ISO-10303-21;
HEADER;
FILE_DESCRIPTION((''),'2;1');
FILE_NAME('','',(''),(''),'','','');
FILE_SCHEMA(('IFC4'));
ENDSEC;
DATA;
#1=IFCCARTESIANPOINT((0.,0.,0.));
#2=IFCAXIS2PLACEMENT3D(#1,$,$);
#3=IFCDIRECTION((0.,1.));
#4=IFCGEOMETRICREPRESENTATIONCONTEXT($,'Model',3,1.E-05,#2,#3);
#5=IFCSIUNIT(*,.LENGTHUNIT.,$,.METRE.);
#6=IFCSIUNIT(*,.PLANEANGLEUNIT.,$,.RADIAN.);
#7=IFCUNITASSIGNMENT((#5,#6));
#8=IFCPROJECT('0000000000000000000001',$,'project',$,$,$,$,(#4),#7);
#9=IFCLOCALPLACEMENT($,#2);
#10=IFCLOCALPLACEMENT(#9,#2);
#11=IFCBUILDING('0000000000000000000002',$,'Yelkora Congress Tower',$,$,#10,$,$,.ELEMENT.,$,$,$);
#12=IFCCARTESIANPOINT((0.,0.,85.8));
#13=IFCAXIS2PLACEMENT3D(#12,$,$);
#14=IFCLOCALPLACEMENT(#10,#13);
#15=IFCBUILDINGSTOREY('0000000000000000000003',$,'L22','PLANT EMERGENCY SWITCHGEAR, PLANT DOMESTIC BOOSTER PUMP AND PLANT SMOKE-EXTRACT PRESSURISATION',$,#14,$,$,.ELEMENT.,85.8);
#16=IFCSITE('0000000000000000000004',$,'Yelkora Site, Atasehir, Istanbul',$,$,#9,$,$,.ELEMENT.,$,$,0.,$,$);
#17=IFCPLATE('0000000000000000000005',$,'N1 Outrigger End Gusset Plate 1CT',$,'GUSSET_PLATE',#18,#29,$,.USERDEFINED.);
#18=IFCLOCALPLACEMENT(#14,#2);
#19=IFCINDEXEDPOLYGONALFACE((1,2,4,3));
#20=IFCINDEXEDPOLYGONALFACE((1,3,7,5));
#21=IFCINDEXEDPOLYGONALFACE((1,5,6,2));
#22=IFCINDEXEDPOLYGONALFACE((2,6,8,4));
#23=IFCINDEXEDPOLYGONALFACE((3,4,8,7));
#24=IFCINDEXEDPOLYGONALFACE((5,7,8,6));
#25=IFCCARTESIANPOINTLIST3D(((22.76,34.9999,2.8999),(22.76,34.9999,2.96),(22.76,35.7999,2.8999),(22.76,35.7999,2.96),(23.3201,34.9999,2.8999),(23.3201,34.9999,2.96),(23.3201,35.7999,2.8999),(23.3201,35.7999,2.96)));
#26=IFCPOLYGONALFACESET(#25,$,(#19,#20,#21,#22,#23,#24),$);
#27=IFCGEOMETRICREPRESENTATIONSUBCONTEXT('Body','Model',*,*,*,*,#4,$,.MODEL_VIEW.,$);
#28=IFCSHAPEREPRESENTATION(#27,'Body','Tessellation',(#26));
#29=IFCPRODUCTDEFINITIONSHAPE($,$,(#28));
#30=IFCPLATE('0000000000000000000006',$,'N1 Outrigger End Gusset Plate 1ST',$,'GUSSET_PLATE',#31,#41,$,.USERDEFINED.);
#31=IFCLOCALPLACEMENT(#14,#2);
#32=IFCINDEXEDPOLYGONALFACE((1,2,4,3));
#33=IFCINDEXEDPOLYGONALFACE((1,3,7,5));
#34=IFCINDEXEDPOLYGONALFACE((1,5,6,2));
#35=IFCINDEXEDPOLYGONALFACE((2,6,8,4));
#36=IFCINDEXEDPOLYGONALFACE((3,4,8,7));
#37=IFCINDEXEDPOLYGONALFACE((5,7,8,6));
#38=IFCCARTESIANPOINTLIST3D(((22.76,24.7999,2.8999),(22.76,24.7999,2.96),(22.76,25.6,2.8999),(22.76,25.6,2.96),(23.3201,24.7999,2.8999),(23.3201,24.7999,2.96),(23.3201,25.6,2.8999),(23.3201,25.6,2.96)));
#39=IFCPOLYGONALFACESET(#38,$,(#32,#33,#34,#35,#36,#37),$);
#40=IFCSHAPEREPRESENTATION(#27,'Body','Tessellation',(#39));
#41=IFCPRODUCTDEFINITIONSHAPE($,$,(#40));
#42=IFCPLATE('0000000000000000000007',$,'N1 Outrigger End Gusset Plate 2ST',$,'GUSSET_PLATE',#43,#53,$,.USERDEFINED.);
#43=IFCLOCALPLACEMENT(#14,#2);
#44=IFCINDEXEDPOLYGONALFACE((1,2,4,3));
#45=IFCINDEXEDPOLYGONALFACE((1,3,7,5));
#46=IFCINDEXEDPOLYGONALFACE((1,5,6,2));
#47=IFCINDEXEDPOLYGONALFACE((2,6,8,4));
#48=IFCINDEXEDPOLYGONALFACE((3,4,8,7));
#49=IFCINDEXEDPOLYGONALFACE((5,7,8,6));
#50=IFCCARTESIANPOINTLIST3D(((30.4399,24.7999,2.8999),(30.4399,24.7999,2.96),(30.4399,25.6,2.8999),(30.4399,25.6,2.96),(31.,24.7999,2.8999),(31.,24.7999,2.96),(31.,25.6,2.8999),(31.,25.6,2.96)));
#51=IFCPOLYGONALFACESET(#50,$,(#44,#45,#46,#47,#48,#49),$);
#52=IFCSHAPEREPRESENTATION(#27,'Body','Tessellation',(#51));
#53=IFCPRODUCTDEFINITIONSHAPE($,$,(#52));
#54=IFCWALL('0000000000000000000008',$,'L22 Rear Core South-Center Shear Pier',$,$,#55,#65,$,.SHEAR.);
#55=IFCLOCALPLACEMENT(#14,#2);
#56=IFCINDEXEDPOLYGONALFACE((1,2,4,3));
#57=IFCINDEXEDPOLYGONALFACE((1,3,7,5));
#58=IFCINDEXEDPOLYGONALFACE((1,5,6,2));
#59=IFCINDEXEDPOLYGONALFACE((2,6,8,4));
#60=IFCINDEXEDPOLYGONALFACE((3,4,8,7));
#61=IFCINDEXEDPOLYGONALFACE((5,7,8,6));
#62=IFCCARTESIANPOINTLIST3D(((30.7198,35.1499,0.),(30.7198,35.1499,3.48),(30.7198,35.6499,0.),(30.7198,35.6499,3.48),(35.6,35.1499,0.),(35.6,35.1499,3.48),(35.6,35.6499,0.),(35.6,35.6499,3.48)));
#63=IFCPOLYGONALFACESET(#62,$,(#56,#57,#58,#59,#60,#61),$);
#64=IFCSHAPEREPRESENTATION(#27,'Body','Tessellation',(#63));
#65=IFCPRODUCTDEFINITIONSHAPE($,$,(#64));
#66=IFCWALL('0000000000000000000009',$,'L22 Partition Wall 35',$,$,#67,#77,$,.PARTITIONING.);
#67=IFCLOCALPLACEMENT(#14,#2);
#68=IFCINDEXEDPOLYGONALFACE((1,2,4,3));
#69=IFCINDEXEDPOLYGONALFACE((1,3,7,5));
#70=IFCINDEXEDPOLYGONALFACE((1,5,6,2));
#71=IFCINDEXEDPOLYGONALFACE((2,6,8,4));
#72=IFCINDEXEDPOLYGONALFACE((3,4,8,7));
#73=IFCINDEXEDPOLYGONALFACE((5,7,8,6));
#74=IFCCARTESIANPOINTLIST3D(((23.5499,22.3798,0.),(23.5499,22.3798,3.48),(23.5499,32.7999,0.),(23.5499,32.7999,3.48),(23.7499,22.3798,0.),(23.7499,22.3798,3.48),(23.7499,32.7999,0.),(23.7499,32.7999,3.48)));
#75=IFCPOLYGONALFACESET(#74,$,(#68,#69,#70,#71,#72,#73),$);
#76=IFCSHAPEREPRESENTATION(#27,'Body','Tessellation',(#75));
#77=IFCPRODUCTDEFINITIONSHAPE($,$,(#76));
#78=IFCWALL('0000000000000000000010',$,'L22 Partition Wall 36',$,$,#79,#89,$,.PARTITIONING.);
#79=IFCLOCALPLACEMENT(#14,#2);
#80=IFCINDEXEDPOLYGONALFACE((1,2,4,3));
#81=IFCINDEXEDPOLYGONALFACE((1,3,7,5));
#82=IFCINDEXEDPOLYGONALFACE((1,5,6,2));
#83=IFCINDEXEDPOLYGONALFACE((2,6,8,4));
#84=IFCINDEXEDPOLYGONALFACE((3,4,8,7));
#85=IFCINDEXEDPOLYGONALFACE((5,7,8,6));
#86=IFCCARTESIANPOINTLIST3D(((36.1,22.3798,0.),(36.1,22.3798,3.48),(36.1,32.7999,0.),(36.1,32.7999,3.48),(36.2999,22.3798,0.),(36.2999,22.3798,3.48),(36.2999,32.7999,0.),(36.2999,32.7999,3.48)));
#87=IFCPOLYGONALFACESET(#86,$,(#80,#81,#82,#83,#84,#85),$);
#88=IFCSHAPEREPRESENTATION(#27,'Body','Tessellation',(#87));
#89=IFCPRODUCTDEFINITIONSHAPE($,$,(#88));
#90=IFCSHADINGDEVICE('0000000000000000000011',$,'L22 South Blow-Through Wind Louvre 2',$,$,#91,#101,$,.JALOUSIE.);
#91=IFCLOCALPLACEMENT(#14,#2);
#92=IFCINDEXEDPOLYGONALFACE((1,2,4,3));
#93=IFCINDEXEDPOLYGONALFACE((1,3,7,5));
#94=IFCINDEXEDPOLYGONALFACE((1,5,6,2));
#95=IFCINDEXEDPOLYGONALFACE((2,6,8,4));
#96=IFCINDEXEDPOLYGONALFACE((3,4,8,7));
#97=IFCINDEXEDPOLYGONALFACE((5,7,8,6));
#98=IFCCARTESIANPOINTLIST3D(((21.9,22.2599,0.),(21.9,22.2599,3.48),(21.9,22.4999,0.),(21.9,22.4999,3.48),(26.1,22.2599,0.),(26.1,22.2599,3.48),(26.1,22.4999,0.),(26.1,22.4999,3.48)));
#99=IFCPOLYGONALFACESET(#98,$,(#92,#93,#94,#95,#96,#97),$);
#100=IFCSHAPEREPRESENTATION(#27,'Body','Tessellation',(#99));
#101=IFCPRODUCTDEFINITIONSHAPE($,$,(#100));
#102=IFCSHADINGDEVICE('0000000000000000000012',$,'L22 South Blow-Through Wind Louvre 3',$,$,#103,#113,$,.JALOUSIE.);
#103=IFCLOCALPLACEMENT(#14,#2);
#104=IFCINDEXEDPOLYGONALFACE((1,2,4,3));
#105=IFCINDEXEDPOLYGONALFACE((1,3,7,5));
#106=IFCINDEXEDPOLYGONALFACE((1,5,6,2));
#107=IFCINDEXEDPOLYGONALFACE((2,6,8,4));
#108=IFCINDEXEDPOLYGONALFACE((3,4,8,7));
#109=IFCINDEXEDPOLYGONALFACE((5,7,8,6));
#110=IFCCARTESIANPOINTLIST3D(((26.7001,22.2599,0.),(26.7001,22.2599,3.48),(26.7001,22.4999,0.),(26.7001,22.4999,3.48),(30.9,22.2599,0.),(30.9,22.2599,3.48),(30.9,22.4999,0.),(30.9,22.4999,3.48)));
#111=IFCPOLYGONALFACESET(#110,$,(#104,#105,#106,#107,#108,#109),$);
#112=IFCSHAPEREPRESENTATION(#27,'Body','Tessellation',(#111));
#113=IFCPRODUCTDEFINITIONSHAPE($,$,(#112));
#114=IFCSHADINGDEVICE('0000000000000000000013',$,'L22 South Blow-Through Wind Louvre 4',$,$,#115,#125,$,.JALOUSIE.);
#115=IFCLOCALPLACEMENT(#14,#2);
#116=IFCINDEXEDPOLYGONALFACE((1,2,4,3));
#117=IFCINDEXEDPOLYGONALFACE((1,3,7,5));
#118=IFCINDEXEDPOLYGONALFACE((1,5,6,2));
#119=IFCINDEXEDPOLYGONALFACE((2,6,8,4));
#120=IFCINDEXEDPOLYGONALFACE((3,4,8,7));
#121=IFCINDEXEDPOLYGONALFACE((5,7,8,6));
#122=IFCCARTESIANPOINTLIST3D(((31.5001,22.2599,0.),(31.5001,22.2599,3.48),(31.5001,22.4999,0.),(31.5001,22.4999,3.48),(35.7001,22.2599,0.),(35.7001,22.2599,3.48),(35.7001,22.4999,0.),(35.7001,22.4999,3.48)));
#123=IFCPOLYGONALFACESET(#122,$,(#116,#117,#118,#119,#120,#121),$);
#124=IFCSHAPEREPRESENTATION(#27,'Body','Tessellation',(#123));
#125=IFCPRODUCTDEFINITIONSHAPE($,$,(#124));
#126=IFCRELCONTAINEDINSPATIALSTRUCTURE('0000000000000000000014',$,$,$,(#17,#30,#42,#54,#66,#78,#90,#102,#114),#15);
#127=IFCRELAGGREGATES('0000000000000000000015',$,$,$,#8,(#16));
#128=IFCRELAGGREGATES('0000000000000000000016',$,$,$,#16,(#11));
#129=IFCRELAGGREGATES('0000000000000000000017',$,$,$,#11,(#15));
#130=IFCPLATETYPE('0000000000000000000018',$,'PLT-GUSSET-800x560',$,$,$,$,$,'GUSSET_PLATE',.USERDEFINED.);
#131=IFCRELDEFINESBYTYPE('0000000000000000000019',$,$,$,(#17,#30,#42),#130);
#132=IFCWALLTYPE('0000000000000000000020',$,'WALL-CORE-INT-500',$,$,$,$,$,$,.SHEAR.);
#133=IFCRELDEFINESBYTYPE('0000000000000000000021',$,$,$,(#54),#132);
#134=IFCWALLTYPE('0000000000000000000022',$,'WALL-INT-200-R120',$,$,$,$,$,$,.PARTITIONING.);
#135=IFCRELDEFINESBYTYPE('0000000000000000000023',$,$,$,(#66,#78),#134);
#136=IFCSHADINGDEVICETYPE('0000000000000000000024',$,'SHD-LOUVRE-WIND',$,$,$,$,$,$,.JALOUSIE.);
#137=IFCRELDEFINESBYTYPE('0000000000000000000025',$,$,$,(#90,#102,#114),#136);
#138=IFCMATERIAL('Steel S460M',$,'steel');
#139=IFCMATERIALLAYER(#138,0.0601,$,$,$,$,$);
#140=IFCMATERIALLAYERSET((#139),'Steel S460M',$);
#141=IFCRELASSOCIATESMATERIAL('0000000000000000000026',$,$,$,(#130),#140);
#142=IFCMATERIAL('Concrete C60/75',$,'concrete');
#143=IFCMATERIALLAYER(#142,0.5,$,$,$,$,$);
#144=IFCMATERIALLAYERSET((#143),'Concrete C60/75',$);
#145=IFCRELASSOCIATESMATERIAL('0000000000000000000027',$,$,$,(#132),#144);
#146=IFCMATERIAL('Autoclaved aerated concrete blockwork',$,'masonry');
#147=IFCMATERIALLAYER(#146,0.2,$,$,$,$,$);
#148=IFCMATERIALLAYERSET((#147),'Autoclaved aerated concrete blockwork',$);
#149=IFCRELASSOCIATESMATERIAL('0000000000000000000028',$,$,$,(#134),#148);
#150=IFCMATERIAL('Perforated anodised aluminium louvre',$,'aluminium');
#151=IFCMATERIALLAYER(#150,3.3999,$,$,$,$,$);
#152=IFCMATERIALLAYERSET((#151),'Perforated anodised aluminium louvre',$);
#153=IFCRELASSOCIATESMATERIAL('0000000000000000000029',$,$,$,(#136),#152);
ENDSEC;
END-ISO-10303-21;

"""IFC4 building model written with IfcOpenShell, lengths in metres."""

from ifc_helpers import new_model, si_unit, direction, frame, frame_2d, origin, origin_2d, place, context, subcontext, project, spatial, rectangle, extrude, material, layer, layer_set, type_object, element, save


model = new_model("IFC4")

# Units and contexts
model_context = context("Model", 3, precision=1e-05, world=origin(), true_north=direction((0.0, 1.0)))
body_context = subcontext(model_context, "Body", "Model", "MODEL_VIEW")
ifc_project = project(units=[si_unit("LENGTHUNIT", "METRE"), si_unit("PLANEANGLEUNIT", "RADIAN")], contexts=[model_context])

# Site, building, storey
site_placement = place(None, origin())
site = spatial("IfcSite", under=ifc_project, at=site_placement, Name="Yelkora Site, Atasehir, Istanbul", CompositionType="ELEMENT", RefElevation=0.0)
building_placement = place(site_placement, origin())
building = spatial("IfcBuilding", under=site, at=building_placement, Name="Yelkora Congress Tower", CompositionType="ELEMENT")
storey_placement = place(building_placement, frame((0.0, 0.0, 85.8)))
storey = spatial("IfcBuildingStorey", under=building, at=storey_placement, Name="L22", Description="PLANT EMERGENCY SWITCHGEAR, PLANT DOMESTIC BOOSTER PUMP AND PLANT SMOKE-EXTRACT PRESSURISATION", CompositionType="ELEMENT", Elevation=85.8)

# Shared definitions
ifc_material_1 = material(Name="Concrete C60/75", Category="concrete")

# Shared definitions
ifc_material_2 = material(Name="Steel S460M", Category="steel")

# Plates
ifc_layer_1 = layer(ifc_material_2, 0.0601)
ifc_layer_set_1 = layer_set([ifc_layer_1], Name="Steel S460M")
plate_type_1 = type_object("IfcPlateType", Name="PLT-GUSSET-800x560", ElementType="GUSSET_PLATE", PredefinedType="USERDEFINED", material=ifc_layer_set_1)
for number, where, z_axis, x_axis, name in (
    (1, (23.04, 35.3999, 2.8999), (0.0, 0.0, 1.0), (0.0, 1.0, 0.0), "N1 Outrigger End Gusset Plate 1CT"),
    (2, (23.04, 25.2, 2.8999), (0.0, 0.0, 1.0), (0.0, 1.0, 0.0), "N1 Outrigger End Gusset Plate 1ST"),
    (3, (30.72, 25.2, 2.8999), (0.0, 0.0, 1.0), (0.0, 1.0, 0.0), "N1 Outrigger End Gusset Plate 2ST"),
):
    element("IfcPlate", number, at=place(storey_placement, frame(where, z_axis=z_axis, x_axis=x_axis)), inside=storey, type_object=plate_type_1, Name=name, ObjectType="GUSSET_PLATE", PredefinedType="USERDEFINED", context=body_context, shape_type="SweptSolid", body=[
        extrude(rectangle(XDim=0.8, YDim=0.5601, at=origin_2d()), origin(), (0.0, 0.0, 1.0), 0.0601),
    ])

# Wall
ifc_layer_2 = layer(ifc_material_1, 0.5)
ifc_layer_set_2 = layer_set([ifc_layer_2], Name="Concrete C60/75")
wall_type_1 = type_object("IfcWallType", Name="WALL-CORE-INT-500", PredefinedType="SHEAR", material=ifc_layer_set_2)
wall_1_placement = place(storey_placement, frame((30.72, 35.3999, 0.0), z_axis=(0.0, 0.0, 1.0), x_axis=(1.0, 0.0, 0.0)))
element("IfcWall", 4, at=wall_1_placement, inside=storey, type_object=wall_type_1, Name="L22 Rear Core South-Center Shear Pier", PredefinedType="SHEAR", context=body_context, shape_type="SweptSolid", body=[
    extrude(rectangle(XDim=4.8801, YDim=0.5, at=frame_2d((2.4399, 0.0))), origin(), (0.0, 0.0, 1.0), 3.48),
])

# Shared definitions
ifc_material_3 = material(Name="Autoclaved aerated concrete blockwork", Category="masonry")
ifc_layer_3 = layer(ifc_material_3, 0.2)
ifc_layer_set_3 = layer_set([ifc_layer_3], Name="Autoclaved aerated concrete blockwork")
wall_type_2 = type_object("IfcWallType", Name="WALL-INT-200-R120", PredefinedType="PARTITIONING", material=ifc_layer_set_3)

# Walls
for number, where, z_axis, x_axis, name in (
    (5, (23.6499, 22.3799, 0.0), (0.0, 0.0, 1.0), (0.0, 1.0, 0.0), "L22 Partition Wall 35"),
    (6, (36.2, 22.3799, 0.0), (0.0, 0.0, 1.0), (0.0, 1.0, 0.0), "L22 Partition Wall 36"),
):
    element("IfcWall", number, at=place(storey_placement, frame(where, z_axis=z_axis, x_axis=x_axis)), inside=storey, type_object=wall_type_2, Name=name, PredefinedType="PARTITIONING", context=body_context, shape_type="SweptSolid", body=[
        extrude(rectangle(XDim=10.4202, YDim=0.2, at=frame_2d((5.21, 0.0))), origin(), (0.0, 0.0, 1.0), 3.48),
    ])

# Shading devices
ifc_material_4 = material(Name="Perforated anodised aluminium louvre", Category="aluminium")
ifc_layer_4 = layer(ifc_material_4, 3.3999)
ifc_layer_set_4 = layer_set([ifc_layer_4], Name="Perforated anodised aluminium louvre")
shading_device_type = type_object("IfcShadingDeviceType", Name="SHD-LOUVRE-WIND", PredefinedType="JALOUSIE", material=ifc_layer_set_4)
for number, where, z_axis, x_axis, name in (
    (7, (24.0, 22.3799, 0.0), (0.0, 0.0, 1.0), (1.0, 0.0, 0.0), "L22 South Blow-Through Wind Louvre 2"),
    (8, (28.8, 22.3799, 0.0), (0.0, 0.0, 1.0), (1.0, 0.0, 0.0), "L22 South Blow-Through Wind Louvre 3"),
    (9, (33.6001, 22.3799, 0.0), (0.0, 0.0, 1.0), (1.0, 0.0, 0.0), "L22 South Blow-Through Wind Louvre 4"),
):
    element("IfcShadingDevice", number, at=place(storey_placement, frame(where, z_axis=z_axis, x_axis=x_axis)), inside=storey, type_object=shading_device_type, Name=name, PredefinedType="JALOUSIE", context=body_context, shape_type="SweptSolid", body=[
        extrude(rectangle(XDim=4.2, YDim=0.24, at=origin_2d()), origin(), (0.0, 0.0, 1.0), 3.48),
    ])

save(model, "model.ifc")
